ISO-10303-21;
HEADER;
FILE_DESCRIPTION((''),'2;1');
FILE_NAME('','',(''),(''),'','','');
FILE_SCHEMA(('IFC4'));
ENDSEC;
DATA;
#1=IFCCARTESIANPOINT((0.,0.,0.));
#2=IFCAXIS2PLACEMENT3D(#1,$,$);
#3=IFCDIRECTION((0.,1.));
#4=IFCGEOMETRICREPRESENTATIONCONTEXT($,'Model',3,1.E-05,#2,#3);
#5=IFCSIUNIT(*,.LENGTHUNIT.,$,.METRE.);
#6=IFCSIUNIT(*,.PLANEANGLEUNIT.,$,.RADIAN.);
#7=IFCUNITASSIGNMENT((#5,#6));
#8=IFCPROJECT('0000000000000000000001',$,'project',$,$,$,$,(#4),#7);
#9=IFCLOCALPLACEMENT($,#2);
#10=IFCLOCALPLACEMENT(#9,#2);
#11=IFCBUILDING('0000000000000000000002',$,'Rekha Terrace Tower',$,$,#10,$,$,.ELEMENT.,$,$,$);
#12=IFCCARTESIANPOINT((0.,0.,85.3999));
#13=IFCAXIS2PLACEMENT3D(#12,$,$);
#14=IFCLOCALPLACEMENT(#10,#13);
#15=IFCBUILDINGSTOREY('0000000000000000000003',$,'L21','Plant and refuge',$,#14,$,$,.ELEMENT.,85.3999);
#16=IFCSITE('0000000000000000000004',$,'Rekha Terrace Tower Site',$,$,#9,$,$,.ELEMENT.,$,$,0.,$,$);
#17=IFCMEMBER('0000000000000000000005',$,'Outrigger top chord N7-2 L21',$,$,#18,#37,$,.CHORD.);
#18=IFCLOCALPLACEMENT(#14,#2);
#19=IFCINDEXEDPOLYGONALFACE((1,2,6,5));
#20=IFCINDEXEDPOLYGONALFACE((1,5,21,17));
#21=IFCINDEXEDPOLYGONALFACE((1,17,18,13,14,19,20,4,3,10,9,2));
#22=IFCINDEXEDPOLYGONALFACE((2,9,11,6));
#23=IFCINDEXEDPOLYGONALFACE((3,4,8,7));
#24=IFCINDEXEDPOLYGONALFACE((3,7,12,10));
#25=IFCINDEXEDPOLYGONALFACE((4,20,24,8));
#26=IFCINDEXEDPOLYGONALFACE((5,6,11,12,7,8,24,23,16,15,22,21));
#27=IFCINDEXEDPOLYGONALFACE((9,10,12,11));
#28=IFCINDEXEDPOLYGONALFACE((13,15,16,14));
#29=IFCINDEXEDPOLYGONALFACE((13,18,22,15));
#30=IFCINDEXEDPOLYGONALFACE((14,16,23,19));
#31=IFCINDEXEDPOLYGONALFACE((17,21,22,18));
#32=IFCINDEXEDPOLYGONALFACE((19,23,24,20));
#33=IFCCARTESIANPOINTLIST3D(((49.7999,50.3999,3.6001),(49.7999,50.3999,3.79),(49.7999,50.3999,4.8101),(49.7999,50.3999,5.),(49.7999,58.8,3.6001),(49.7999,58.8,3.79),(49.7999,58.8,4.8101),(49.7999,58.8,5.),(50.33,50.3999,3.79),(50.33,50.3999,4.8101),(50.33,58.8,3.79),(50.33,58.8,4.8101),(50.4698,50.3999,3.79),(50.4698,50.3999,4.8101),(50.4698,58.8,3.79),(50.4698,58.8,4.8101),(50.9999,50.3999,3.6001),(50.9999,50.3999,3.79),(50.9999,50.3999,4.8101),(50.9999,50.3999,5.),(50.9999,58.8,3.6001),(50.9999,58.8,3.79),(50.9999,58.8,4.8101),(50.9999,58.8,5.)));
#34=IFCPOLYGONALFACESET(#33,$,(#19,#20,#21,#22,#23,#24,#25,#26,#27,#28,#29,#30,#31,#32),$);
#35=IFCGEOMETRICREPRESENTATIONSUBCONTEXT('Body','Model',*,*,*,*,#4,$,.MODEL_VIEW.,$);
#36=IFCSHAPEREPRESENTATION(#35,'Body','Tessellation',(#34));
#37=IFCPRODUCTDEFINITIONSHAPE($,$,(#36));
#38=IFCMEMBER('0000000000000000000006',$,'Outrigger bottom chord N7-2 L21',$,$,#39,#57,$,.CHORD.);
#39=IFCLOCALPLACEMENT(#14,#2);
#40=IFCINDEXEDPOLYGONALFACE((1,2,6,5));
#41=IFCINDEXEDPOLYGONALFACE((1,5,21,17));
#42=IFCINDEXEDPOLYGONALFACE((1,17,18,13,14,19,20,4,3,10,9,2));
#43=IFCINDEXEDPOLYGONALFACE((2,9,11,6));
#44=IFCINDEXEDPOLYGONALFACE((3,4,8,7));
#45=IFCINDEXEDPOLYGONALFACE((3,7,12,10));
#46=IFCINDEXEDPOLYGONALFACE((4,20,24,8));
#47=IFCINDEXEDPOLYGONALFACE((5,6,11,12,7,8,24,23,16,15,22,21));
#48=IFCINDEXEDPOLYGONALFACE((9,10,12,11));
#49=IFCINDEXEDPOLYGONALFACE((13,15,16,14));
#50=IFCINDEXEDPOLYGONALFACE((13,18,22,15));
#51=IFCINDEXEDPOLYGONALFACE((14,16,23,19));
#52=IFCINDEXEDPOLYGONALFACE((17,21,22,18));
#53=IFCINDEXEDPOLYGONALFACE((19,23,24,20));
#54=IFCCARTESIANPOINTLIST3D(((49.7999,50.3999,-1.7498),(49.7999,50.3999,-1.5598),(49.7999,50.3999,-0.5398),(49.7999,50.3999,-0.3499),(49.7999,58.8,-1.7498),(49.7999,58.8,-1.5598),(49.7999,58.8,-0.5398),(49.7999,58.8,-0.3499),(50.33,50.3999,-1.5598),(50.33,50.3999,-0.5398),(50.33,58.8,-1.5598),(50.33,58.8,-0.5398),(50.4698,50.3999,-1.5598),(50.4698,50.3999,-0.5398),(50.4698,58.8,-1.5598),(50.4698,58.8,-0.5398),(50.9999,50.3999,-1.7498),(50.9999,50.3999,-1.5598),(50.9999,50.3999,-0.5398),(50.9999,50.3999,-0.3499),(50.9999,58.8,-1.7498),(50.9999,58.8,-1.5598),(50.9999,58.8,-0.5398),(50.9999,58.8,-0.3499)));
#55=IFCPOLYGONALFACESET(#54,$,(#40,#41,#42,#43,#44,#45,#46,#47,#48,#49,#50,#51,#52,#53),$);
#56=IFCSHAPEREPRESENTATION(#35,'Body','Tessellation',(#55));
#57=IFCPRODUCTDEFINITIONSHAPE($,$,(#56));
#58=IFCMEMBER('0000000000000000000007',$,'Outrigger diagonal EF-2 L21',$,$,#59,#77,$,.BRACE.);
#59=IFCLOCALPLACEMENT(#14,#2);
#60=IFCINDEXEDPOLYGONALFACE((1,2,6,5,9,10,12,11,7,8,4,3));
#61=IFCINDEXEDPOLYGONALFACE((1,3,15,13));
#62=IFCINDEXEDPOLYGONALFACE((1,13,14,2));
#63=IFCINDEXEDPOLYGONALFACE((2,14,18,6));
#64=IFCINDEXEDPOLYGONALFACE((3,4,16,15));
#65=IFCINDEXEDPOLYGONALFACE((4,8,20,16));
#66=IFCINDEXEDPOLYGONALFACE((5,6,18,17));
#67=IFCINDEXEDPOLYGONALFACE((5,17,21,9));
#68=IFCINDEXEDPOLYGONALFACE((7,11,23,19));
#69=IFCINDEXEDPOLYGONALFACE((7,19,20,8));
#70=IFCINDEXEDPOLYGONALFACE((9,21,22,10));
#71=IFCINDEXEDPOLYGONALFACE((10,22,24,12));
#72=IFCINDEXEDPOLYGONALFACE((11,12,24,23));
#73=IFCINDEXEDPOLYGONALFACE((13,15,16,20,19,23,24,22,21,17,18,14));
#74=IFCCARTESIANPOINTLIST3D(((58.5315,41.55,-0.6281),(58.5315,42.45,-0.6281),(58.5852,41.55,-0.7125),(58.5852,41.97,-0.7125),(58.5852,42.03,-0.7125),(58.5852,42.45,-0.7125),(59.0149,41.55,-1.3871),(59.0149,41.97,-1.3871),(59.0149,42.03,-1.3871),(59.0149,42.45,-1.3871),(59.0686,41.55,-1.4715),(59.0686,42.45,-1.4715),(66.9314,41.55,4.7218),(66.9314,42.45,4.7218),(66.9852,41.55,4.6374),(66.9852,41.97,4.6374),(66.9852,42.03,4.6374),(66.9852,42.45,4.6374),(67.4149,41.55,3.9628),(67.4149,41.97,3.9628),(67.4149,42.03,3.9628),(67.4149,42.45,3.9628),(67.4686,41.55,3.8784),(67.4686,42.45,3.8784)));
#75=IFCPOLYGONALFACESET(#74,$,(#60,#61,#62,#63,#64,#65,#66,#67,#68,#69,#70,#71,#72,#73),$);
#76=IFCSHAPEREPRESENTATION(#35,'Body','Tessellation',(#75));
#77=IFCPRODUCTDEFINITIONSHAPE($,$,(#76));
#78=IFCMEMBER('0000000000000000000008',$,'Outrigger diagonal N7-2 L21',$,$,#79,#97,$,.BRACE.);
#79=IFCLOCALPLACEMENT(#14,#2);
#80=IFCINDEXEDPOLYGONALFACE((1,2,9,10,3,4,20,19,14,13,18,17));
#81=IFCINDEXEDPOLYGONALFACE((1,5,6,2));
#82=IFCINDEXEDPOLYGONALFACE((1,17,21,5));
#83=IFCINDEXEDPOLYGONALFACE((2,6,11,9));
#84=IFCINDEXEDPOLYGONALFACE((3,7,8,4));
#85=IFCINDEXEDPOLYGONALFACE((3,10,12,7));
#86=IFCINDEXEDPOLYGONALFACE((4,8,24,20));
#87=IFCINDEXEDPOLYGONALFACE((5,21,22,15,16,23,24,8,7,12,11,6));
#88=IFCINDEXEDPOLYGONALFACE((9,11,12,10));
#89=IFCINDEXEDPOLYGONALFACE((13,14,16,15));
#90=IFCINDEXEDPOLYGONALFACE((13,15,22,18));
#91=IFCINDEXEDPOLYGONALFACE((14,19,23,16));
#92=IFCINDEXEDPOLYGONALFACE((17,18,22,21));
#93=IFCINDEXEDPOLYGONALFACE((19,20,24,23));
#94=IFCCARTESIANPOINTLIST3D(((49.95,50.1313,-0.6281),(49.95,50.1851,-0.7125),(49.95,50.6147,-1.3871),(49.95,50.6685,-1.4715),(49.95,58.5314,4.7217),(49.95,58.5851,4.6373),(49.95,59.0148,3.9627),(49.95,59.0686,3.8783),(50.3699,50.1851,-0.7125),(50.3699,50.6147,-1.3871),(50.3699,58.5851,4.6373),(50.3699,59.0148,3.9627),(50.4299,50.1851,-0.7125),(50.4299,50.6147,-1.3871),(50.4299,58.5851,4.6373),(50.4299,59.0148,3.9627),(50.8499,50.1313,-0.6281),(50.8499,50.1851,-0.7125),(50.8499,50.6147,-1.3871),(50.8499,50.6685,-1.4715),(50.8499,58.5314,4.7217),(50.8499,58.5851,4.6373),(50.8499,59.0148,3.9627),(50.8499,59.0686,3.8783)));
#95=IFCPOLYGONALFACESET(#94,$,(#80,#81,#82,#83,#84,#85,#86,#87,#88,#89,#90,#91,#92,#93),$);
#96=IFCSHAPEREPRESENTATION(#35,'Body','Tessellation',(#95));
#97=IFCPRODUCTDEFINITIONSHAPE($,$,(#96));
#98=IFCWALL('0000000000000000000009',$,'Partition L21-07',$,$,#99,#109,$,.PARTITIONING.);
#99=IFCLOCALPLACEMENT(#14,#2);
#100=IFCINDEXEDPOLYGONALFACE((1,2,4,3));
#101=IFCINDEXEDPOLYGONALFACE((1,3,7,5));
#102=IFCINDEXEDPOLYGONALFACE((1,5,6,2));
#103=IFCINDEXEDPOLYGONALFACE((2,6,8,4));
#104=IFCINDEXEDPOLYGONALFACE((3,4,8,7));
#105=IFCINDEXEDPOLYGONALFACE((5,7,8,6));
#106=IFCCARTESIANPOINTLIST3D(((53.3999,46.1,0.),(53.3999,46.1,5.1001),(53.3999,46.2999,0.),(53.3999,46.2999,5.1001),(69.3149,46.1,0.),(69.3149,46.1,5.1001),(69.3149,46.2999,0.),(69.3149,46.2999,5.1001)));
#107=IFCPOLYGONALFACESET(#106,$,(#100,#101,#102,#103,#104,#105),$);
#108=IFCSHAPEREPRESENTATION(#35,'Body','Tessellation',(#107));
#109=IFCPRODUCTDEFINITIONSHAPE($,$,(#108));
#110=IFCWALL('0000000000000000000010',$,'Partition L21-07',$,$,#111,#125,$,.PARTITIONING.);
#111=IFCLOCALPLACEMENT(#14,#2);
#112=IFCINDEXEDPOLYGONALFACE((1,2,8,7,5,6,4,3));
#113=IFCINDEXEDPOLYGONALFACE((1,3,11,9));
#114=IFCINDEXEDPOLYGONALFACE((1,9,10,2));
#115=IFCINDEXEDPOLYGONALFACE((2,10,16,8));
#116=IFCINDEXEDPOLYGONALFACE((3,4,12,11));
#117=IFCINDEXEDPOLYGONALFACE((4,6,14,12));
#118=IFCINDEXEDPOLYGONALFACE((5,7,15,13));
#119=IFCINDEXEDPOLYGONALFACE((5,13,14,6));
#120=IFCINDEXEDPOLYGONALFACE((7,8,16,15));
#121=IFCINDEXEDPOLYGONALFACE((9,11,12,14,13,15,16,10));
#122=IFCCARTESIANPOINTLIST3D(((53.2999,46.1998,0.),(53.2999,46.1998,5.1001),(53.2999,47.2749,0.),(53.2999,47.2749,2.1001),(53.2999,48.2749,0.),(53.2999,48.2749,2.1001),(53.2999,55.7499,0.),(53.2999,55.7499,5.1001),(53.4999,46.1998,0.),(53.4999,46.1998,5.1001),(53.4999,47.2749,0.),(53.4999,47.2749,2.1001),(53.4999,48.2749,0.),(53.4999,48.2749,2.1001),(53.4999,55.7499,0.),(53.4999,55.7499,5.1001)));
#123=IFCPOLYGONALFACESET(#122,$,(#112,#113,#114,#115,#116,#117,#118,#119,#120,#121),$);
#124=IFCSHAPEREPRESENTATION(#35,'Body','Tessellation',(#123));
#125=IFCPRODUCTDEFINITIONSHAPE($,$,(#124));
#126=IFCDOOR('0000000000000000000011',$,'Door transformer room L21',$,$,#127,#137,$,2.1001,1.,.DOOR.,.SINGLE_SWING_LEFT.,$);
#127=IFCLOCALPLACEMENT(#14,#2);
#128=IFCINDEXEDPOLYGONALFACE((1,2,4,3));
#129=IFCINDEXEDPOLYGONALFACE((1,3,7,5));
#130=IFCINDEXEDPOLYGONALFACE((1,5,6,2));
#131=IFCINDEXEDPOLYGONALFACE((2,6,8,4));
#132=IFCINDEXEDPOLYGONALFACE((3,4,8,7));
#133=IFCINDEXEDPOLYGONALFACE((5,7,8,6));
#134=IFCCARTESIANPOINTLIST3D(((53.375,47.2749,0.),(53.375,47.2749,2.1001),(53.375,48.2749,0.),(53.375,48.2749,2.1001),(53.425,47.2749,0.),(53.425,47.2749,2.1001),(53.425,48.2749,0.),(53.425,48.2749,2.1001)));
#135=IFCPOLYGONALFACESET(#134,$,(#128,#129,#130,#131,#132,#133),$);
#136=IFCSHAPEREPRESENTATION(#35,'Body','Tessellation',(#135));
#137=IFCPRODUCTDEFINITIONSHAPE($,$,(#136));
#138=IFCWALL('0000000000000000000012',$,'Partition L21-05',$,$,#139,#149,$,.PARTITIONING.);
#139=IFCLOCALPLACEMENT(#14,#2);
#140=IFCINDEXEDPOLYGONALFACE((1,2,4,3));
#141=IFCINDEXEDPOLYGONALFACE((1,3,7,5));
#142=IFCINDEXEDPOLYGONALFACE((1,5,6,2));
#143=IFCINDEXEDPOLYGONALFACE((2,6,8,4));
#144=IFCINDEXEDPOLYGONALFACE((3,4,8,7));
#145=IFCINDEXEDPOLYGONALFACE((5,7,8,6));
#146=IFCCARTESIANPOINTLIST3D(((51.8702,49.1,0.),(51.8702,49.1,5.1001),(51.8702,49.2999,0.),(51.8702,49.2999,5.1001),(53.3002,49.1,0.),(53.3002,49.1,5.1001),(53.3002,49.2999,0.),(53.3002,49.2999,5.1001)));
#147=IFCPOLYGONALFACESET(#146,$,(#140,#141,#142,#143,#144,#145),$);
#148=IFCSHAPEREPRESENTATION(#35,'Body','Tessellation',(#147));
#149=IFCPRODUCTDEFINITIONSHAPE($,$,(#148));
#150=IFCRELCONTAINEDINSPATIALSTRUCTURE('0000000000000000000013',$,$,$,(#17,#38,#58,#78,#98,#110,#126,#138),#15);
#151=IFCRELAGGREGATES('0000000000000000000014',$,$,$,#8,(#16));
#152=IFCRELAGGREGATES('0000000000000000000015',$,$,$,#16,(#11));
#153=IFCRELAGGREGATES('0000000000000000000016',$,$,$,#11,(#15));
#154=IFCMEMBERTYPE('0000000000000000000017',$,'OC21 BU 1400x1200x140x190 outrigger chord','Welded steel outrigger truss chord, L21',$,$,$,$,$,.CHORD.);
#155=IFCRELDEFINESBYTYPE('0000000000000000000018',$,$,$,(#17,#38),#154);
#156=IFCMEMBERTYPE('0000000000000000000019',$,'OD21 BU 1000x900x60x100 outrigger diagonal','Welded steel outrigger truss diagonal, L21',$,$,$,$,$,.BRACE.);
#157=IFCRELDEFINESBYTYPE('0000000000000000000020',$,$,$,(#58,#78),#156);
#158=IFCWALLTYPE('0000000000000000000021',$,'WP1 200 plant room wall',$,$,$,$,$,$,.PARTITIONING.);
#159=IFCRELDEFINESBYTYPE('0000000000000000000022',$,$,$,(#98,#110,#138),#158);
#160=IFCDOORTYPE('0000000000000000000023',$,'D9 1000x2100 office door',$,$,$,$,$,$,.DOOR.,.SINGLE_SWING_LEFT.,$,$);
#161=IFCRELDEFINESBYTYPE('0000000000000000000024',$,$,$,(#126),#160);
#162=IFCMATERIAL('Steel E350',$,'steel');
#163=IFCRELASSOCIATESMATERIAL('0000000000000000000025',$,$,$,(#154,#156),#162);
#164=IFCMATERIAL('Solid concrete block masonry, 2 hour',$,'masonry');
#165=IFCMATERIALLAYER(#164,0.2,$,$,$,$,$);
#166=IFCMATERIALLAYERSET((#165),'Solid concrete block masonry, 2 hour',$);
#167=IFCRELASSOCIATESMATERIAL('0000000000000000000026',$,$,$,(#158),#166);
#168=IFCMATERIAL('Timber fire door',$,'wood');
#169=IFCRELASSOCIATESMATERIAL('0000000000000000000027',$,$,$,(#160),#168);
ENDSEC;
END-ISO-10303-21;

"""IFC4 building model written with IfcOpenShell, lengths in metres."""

from ifc_helpers import new_model, si_unit, direction, frame, frame_2d, origin, origin_2d, place, context, subcontext, project, spatial, rectangle, i_section, extrude, material, layer, layer_set, material_profile, profile_set, type_object, element, fill, save


model = new_model("IFC4")

# Units and contexts
model_context = context("Model", 3, precision=1e-05, world=origin(), true_north=direction((0.0, 1.0)))
body_context = subcontext(model_context, "Body", "Model", "MODEL_VIEW")
ifc_project = project(units=[si_unit("LENGTHUNIT", "METRE"), si_unit("PLANEANGLEUNIT", "RADIAN")], contexts=[model_context])

# Site, building, storey
site_placement = place(None, origin())
site = spatial("IfcSite", under=ifc_project, at=site_placement, Name="Rekha Terrace Tower Site", CompositionType="ELEMENT", RefElevation=0.0)
building_placement = place(site_placement, origin())
building = spatial("IfcBuilding", under=site, at=building_placement, Name="Rekha Terrace Tower", CompositionType="ELEMENT")
storey_placement = place(building_placement, frame((0.0, 0.0, 85.3999)))
storey = spatial("IfcBuildingStorey", under=building, at=storey_placement, Name="L21", Description="Plant and refuge", CompositionType="ELEMENT", Elevation=85.3999)

# Members
ifc_material_1 = material(Name="Steel E350", Category="steel")
ifc_material_profile_1 = material_profile(ifc_material_1, i_section(OverallWidth=1.2, OverallDepth=1.3999, WebThickness=0.1399, FlangeThickness=0.1899, at=origin_2d()), Name="BU 1400x1200x140x190")
ifc_profile_set_1 = profile_set([ifc_material_profile_1], Name="Steel E350")
member_type_1 = type_object("IfcMemberType", Name="OC21 BU 1400x1200x140x190 outrigger chord", Description="Welded steel outrigger truss chord, L21", PredefinedType="CHORD", material=ifc_profile_set_1)
for number, where, z_axis, x_axis, name in (
    (1, (50.3999, 50.3999, 4.3), (0.0, 1.0, 0.0), (-1.0, 0.0, 0.0), "Outrigger top chord N7-2 L21"),
    (2, (50.3999, 50.3999, -1.0498), (0.0, 1.0, 0.0), (-1.0, 0.0, 0.0), "Outrigger bottom chord N7-2 L21"),
):
    element("IfcMember", number, at=place(storey_placement, frame(where, z_axis=z_axis, x_axis=x_axis)), inside=storey, type_object=member_type_1, Name=name, PredefinedType="CHORD", context=body_context, shape_type="SweptSolid", body=[
        extrude(i_section(OverallWidth=1.2, OverallDepth=1.3999, WebThickness=0.1399, FlangeThickness=0.1899, at=origin_2d()), origin(), (0.0, 0.0, 1.0), 8.4001),
    ])
ifc_material_profile_2 = material_profile(ifc_material_1, i_section(OverallWidth=0.8999, OverallDepth=1.0, WebThickness=0.0601, FlangeThickness=0.1001, at=origin_2d()), Name="BU 1000x900x60x100")
ifc_profile_set_2 = profile_set([ifc_material_profile_2], Name="Steel E350")
member_type_2 = type_object("IfcMemberType", Name="OD21 BU 1000x900x60x100 outrigger diagonal", Description="Welded steel outrigger truss diagonal, L21", PredefinedType="BRACE", material=ifc_profile_set_2)
for number, where, z_axis, x_axis, name in (
    (3, (58.8, 42.0, -1.0498), (0.843459, 0.0, 0.537194), (0.0, 1.0, 0.0), "Outrigger diagonal EF-2 L21"),
    (4, (50.3999, 50.3999, -1.0498), (0.0, 0.843466, 0.537183), (-1.0, 0.0, 0.0), "Outrigger diagonal N7-2 L21"),
):
    element("IfcMember", number, at=place(storey_placement, frame(where, z_axis=z_axis, x_axis=x_axis)), inside=storey, type_object=member_type_2, Name=name, PredefinedType="BRACE", context=body_context, shape_type="SweptSolid", body=[
        extrude(i_section(OverallWidth=0.8999, OverallDepth=1.0, WebThickness=0.0601, FlangeThickness=0.1001, at=origin_2d()), origin(), (0.0, 0.0, 1.0), 9.959),
    ])

# Wall
ifc_material_2 = material(Name="Solid concrete block masonry, 2 hour", Category="masonry")
ifc_layer = layer(ifc_material_2, 0.2)
ifc_layer_set = layer_set([ifc_layer], Name="Solid concrete block masonry, 2 hour")
wall_type = type_object("IfcWallType", Name="WP1 200 plant room wall", PredefinedType="PARTITIONING", material=ifc_layer_set)
wall_1_placement = place(storey_placement, frame((69.3149, 46.2, 0.0), z_axis=(0.0, 0.0, 1.0), x_axis=(-1.0, 0.0, 0.0)))
element("IfcWall", 5, at=wall_1_placement, inside=storey, type_object=wall_type, Name="Partition L21-07", PredefinedType="PARTITIONING", context=body_context, shape_type="SweptSolid", body=[
    extrude(rectangle(XDim=15.915, YDim=0.2, at=frame_2d((7.9575, 0.0))), origin(), (0.0, 0.0, 1.0), 5.1001),
])

# Wall, opening, door
wall_2_placement = place(storey_placement, frame((53.3999, 46.2, 0.0), z_axis=(0.0, 0.0, 1.0), x_axis=(0.0, 1.0, 0.0)))
wall_2 = element("IfcWall", 6, at=wall_2_placement, inside=storey, type_object=wall_type, Name="Partition L21-07", PredefinedType="PARTITIONING", context=body_context, shape_type="SweptSolid", body=[
    extrude(rectangle(XDim=9.55, YDim=0.2, at=frame_2d((4.7749, 0.0))), origin(), (0.0, 0.0, 1.0), 5.1001),
])
opening_placement = place(wall_2_placement, frame((1.075, 0.0, 0.0)))
opening = element("IfcOpeningElement", 7, at=opening_placement, cuts=wall_2, PredefinedType="OPENING", context=body_context, shape_type="SweptSolid", body=[
    extrude(rectangle(XDim=1.0, YDim=2.1001, at=frame_2d((0.5, 1.05))), frame((0.0, 0.1099, 0.0), z_axis=(0.0, -1.0, 0.0), x_axis=(1.0, 0.0, 0.0)), (0.0, 0.0, 1.0), 0.22),
])
ifc_material_3 = material(Name="Timber fire door", Category="wood")
door_type = type_object("IfcDoorType", Name="D9 1000x2100 office door", OperationType="SINGLE_SWING_LEFT", PredefinedType="DOOR", material=ifc_material_3)
door_placement = place(opening_placement, origin())
door = element("IfcDoor", 8, at=door_placement, inside=storey, type_object=door_type, Name="Door transformer room L21", OperationType="SINGLE_SWING_LEFT", OverallHeight=2.1001, OverallWidth=1.0, PredefinedType="DOOR", context=body_context, shape_type="SweptSolid", body=[
    extrude(rectangle(XDim=1.0, YDim=2.1001, at=frame_2d((0.5, 1.05))), frame((0.0, 0.0249, 0.0), z_axis=(0.0, -1.0, 0.0), x_axis=(1.0, 0.0, 0.0)), (0.0, 0.0, 1.0), 0.05),
])
fill(opening, door)

# Wall
wall_3_placement = place(storey_placement, frame((53.3, 49.2, 0.0), z_axis=(0.0, 0.0, 1.0), x_axis=(-1.0, 0.0, 0.0)))
element("IfcWall", 9, at=wall_3_placement, inside=storey, type_object=wall_type, Name="Partition L21-05", PredefinedType="PARTITIONING", context=body_context, shape_type="SweptSolid", body=[
    extrude(rectangle(XDim=1.4299, YDim=0.2, at=frame_2d((0.7148, 0.0))), origin(), (0.0, 0.0, 1.0), 5.1001),
])

save(model, "model.ifc")
